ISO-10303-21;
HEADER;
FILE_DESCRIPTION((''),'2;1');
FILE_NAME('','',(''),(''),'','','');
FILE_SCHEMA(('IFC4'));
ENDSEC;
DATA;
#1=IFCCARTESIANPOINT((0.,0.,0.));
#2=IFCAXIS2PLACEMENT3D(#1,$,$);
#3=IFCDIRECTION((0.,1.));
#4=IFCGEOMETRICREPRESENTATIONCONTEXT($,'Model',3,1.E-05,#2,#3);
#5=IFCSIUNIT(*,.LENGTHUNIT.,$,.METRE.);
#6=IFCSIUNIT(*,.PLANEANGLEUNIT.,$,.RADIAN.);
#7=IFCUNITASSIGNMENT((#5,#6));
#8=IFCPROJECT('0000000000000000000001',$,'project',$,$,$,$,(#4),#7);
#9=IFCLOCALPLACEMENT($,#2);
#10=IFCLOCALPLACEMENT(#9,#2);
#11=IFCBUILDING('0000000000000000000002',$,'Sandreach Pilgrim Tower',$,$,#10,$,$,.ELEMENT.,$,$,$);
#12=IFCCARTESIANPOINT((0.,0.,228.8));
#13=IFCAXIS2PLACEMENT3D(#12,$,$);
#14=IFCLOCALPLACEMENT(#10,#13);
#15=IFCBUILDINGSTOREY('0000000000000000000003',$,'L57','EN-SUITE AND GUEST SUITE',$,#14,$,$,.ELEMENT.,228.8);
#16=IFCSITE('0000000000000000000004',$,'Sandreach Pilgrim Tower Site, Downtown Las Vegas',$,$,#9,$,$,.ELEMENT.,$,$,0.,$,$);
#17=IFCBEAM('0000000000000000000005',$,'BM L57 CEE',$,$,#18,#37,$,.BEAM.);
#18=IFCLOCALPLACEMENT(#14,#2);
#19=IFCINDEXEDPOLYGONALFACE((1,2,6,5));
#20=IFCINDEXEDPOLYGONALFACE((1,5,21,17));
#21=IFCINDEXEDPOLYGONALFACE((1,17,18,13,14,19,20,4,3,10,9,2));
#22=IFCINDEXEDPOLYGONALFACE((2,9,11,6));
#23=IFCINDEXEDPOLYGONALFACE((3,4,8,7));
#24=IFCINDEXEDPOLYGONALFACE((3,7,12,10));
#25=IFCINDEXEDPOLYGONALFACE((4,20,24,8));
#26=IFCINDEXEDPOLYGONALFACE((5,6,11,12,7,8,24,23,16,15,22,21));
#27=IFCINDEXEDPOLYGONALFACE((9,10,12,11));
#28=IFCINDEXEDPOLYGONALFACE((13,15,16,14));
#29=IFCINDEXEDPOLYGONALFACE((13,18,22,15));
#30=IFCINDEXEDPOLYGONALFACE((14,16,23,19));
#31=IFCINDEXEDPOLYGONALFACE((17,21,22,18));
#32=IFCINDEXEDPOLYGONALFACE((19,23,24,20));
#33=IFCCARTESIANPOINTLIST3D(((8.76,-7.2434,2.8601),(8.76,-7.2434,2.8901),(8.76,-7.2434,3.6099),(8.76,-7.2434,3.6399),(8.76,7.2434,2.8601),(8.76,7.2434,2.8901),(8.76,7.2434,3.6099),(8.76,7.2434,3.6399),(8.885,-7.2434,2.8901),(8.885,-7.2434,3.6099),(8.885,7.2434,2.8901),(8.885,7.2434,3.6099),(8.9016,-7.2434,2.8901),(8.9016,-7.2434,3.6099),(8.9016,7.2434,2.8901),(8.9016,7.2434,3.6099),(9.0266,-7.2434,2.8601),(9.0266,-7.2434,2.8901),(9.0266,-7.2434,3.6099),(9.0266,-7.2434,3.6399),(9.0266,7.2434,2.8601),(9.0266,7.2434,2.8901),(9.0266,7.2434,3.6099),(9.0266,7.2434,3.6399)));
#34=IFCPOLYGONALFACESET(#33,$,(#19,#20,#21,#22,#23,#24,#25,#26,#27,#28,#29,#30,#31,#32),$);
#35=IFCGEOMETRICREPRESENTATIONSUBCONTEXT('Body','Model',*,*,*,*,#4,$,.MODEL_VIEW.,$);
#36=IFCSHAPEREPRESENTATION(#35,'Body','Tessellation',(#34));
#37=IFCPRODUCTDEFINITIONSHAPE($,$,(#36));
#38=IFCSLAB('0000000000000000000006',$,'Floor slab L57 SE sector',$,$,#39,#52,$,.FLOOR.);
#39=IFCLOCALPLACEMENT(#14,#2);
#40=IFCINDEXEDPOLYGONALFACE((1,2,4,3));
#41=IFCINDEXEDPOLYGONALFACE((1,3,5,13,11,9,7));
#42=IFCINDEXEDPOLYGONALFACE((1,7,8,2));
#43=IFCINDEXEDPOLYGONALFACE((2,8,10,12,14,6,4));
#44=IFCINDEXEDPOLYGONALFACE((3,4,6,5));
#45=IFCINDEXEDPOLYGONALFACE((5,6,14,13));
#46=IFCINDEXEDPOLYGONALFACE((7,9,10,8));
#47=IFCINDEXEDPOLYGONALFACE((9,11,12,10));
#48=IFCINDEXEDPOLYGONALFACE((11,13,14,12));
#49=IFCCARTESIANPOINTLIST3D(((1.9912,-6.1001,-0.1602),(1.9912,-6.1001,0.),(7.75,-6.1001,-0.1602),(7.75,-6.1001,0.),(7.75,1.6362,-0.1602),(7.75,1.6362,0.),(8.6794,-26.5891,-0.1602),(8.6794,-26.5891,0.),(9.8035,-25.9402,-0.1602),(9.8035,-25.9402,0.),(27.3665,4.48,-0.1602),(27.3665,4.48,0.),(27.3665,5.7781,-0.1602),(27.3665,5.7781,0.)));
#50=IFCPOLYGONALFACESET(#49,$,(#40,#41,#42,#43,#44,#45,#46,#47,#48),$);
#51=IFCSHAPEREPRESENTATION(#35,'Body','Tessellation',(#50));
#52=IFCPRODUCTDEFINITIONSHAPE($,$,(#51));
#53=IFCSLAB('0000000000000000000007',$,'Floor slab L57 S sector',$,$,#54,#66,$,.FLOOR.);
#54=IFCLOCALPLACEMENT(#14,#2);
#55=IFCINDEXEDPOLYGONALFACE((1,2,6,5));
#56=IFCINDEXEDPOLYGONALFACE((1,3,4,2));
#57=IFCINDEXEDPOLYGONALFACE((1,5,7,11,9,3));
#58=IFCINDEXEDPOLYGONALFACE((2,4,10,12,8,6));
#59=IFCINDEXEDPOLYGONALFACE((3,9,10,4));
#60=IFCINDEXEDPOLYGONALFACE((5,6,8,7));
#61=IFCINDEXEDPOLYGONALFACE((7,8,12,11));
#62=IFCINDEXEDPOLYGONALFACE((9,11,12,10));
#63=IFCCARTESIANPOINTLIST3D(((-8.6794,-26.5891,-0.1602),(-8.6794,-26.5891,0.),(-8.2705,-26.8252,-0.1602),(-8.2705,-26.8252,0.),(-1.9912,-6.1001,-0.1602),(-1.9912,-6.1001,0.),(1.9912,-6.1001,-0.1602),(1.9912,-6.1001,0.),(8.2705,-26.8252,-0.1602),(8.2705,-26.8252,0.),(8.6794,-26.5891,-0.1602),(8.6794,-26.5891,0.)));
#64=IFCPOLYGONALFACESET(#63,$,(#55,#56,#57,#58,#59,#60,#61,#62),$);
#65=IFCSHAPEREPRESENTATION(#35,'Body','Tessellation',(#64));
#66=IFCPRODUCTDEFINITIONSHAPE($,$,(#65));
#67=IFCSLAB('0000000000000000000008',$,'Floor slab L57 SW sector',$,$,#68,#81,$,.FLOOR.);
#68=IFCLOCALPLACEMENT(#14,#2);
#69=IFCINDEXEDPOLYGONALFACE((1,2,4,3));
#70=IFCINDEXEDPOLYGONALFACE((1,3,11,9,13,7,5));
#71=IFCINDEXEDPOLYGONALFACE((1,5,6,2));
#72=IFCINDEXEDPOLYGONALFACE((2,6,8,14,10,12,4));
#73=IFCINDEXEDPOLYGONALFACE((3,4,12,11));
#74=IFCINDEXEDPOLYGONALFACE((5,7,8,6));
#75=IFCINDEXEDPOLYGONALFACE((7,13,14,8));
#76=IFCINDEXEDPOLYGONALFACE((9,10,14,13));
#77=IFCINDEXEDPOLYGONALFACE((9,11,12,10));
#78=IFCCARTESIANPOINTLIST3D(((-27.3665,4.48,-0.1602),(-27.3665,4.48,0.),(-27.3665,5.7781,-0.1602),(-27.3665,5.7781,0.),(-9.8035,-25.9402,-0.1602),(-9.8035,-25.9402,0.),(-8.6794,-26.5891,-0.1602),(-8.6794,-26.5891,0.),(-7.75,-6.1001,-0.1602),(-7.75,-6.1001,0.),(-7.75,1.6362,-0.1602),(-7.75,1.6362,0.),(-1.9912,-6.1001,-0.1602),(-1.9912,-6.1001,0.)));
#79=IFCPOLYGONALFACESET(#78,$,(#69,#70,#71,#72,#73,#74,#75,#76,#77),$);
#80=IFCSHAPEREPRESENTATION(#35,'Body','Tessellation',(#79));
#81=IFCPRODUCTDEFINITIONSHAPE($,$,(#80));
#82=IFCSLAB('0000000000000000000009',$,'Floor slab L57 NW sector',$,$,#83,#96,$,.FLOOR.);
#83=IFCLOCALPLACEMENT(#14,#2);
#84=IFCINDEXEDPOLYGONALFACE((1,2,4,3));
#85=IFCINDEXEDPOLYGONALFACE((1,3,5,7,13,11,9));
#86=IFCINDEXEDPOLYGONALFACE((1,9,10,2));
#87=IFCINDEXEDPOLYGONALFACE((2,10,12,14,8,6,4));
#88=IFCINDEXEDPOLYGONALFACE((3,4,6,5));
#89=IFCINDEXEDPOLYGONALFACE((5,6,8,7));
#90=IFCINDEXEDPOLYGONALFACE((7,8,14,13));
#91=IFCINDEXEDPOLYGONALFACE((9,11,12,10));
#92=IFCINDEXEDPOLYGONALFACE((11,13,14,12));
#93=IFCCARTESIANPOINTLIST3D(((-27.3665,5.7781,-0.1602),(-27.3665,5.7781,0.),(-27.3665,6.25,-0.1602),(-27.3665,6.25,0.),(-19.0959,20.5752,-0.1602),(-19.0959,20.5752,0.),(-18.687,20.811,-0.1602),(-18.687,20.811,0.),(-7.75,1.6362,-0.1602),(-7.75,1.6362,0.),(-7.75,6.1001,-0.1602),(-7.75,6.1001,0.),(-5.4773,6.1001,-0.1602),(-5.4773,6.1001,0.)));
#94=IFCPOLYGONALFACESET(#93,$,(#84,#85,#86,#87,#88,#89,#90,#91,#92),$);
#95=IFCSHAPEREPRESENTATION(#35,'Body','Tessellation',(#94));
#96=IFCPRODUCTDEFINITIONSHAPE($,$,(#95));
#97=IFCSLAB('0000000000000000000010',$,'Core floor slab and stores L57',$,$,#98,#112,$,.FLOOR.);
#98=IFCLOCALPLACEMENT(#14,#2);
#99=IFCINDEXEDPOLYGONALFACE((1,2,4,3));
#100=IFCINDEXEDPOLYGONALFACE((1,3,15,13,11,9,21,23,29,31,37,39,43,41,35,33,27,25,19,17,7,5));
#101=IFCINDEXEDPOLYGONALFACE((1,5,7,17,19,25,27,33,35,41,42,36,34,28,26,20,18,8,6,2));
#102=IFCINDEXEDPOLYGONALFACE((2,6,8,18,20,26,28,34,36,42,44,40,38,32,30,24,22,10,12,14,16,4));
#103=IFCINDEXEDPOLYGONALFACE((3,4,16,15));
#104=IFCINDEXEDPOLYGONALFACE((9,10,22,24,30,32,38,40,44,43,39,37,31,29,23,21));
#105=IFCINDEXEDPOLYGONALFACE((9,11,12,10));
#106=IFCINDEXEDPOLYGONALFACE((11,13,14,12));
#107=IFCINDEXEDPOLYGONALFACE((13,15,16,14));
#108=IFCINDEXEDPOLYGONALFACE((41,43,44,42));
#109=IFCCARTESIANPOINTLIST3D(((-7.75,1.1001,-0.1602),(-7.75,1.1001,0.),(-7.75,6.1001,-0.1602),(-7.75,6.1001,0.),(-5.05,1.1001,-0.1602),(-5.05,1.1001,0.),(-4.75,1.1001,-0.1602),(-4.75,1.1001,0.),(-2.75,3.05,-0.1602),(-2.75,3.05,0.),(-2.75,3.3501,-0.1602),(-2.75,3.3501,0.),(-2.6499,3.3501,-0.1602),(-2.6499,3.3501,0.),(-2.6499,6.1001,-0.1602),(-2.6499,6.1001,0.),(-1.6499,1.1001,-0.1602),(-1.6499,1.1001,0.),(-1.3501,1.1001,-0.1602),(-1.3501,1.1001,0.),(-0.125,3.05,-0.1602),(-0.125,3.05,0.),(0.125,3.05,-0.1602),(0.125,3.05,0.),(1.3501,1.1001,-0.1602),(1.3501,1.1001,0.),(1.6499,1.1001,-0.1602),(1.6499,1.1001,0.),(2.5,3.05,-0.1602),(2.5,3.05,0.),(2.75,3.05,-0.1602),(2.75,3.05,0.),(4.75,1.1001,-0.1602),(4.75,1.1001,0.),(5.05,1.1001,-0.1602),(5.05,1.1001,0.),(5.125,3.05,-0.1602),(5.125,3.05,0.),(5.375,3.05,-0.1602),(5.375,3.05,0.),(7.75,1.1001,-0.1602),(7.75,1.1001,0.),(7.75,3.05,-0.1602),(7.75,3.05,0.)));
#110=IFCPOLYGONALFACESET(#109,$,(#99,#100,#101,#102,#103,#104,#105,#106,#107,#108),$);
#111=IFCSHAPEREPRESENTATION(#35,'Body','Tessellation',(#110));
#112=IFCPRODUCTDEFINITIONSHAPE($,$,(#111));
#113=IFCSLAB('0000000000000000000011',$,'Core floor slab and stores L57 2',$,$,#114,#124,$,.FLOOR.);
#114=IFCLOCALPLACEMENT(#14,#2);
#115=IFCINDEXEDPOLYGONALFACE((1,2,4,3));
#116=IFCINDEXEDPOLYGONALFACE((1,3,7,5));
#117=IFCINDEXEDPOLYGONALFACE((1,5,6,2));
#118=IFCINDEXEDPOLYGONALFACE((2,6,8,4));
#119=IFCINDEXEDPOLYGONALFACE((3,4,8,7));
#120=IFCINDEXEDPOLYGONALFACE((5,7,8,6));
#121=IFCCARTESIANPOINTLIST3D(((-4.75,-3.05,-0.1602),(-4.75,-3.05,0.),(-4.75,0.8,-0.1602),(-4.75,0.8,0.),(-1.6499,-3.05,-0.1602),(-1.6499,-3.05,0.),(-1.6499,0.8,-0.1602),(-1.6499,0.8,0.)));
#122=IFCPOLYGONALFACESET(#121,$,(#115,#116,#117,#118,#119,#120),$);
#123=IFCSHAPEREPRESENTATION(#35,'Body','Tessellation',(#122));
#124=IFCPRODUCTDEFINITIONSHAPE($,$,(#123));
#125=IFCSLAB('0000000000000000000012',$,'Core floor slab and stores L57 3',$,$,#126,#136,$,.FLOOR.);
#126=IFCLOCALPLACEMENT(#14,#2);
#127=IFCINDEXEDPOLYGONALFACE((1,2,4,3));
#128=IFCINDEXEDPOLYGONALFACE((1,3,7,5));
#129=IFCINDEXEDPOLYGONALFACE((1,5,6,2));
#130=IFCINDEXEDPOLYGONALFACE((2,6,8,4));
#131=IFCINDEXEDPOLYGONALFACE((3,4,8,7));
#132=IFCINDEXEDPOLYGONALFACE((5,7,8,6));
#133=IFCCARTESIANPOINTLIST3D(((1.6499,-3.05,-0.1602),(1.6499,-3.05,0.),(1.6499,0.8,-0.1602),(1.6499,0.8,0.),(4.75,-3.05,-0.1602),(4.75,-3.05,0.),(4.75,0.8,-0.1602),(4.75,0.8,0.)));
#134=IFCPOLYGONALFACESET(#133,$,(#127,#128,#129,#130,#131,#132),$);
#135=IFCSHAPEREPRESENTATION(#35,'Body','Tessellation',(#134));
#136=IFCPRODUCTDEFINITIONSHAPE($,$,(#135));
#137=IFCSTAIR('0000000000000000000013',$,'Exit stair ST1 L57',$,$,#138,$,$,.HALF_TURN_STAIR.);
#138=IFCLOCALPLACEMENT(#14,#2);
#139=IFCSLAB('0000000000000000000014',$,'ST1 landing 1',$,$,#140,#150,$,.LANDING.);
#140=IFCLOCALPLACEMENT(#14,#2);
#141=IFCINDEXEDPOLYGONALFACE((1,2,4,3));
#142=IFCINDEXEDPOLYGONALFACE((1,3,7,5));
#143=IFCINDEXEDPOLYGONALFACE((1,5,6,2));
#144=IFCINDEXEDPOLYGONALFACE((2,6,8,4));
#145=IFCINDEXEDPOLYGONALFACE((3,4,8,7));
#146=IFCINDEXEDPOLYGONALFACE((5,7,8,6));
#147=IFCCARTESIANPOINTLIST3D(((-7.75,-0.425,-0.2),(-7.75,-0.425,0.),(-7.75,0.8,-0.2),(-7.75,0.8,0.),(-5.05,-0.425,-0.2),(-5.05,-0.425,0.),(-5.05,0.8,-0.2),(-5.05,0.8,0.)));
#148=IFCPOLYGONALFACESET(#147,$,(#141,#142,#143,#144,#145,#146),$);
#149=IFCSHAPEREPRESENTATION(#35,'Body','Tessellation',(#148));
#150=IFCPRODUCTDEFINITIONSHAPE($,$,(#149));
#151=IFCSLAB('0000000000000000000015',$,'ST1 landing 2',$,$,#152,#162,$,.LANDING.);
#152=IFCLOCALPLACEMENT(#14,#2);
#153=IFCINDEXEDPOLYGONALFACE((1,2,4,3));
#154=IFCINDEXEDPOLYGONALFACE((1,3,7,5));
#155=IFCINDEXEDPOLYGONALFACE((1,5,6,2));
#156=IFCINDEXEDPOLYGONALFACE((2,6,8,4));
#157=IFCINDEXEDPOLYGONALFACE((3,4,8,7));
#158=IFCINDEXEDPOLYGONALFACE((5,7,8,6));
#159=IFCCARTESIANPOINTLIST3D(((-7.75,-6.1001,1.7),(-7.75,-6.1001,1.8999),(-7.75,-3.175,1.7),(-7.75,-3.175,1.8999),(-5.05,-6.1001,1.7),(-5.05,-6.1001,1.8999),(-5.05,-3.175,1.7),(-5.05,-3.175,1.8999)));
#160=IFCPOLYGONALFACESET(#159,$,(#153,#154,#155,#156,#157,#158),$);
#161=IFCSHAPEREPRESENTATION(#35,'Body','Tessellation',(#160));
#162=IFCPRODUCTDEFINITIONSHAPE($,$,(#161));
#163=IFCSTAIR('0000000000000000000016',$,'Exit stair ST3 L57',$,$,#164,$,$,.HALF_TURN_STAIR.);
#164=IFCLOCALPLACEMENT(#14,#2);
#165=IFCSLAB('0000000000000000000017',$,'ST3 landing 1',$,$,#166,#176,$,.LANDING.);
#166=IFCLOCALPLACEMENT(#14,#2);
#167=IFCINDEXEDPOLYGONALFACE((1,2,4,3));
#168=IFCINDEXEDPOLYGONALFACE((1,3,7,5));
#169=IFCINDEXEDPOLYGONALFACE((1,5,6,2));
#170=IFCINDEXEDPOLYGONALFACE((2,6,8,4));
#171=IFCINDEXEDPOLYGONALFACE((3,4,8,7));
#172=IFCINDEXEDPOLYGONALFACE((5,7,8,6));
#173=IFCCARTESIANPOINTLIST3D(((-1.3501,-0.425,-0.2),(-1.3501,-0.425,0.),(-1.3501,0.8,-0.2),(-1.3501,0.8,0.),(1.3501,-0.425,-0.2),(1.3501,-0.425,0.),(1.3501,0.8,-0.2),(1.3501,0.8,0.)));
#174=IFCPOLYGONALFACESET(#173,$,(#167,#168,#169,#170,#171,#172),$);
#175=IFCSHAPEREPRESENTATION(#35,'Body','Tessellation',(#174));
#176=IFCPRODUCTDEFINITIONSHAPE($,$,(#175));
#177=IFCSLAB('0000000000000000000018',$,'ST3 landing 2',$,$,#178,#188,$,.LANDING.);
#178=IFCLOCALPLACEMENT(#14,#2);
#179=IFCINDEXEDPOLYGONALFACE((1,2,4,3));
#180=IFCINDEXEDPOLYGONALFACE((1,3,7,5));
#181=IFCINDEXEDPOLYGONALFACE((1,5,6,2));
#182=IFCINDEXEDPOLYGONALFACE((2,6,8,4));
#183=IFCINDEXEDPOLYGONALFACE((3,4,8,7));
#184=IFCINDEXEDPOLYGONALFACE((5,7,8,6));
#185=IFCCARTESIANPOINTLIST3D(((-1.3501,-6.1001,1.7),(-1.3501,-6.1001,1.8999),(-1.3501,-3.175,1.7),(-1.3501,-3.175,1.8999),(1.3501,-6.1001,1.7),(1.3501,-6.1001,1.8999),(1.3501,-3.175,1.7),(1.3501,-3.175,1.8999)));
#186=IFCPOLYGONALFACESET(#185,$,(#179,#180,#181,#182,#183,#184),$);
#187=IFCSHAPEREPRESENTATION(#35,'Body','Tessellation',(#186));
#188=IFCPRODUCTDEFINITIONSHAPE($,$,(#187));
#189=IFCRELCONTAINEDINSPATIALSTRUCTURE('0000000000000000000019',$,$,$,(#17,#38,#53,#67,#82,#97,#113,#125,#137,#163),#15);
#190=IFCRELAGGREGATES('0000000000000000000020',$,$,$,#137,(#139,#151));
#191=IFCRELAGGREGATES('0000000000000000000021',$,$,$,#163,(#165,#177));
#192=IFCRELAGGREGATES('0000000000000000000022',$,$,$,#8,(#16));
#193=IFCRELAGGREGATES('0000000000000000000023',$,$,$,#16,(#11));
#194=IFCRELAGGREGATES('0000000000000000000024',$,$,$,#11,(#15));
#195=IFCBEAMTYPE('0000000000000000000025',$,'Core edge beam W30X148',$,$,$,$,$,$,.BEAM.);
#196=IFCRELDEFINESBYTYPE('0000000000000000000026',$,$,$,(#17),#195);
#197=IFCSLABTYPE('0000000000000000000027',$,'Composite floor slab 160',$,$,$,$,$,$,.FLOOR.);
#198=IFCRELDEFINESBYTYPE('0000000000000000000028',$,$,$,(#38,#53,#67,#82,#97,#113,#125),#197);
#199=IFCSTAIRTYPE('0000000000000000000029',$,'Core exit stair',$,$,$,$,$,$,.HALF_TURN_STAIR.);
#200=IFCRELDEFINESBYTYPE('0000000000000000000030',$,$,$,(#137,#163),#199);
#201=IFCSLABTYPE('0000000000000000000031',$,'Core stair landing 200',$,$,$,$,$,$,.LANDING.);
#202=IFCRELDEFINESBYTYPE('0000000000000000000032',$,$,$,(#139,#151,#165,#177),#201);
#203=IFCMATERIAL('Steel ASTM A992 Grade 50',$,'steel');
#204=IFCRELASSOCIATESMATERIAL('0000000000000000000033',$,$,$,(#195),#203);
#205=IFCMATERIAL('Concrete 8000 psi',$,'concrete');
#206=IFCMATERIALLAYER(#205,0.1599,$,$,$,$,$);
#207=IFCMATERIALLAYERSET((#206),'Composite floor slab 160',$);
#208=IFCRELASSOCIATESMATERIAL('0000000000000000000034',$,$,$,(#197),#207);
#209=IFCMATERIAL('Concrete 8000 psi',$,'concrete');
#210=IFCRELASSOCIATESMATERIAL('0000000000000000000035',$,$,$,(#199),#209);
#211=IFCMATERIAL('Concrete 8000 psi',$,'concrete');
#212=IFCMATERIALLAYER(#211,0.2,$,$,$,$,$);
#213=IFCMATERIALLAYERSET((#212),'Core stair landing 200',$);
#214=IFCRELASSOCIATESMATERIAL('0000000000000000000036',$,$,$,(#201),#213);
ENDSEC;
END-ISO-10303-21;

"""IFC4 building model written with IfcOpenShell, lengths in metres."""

from ifc_helpers import new_model, si_unit, direction, frame, origin, origin_2d, place, context, subcontext, project, spatial, polyline, i_section, outline, extrude, material, layer, layer_set, material_profile, profile_set, type_object, element, aggregate, save


model = new_model("IFC4")

# Units and contexts
model_context = context("Model", 3, precision=1e-05, world=origin(), true_north=direction((0.0, 1.0)))
body_context = subcontext(model_context, "Body", "Model", "MODEL_VIEW")
ifc_project = project(units=[si_unit("LENGTHUNIT", "METRE"), si_unit("PLANEANGLEUNIT", "RADIAN")], contexts=[model_context])

# Site, building, storey
site_placement = place(None, origin())
site = spatial("IfcSite", under=ifc_project, at=site_placement, Name="Sandreach Pilgrim Tower Site, Downtown Las Vegas", CompositionType="ELEMENT", RefElevation=0.0)
building_placement = place(site_placement, origin())
building = spatial("IfcBuilding", under=site, at=building_placement, Name="Sandreach Pilgrim Tower", CompositionType="ELEMENT")
storey_placement = place(building_placement, frame((0.0, 0.0, 228.8)))
storey = spatial("IfcBuildingStorey", under=building, at=storey_placement, Name="L57", Description="EN-SUITE AND GUEST SUITE", CompositionType="ELEMENT", Elevation=228.8)

# Beam
ifc_material_1 = material(Name="Steel ASTM A992 Grade 50", Category="steel")
ifc_material_profile = material_profile(ifc_material_1, i_section(OverallWidth=0.2666, OverallDepth=0.7798, WebThickness=0.0166, FlangeThickness=0.03, at=origin_2d()), Name="W30X148")
ifc_profile_set = profile_set([ifc_material_profile], Name="Steel ASTM A992 Grade 50")
beam_type = type_object("IfcBeamType", Name="Core edge beam W30X148", PredefinedType="BEAM", material=ifc_profile_set)
beam_placement = place(storey_placement, frame((8.8933, 7.2434, 3.25), z_axis=(0.0, -1.0, 0.0), x_axis=(1.0, 0.0, 0.0)))
element("IfcBeam", 1, at=beam_placement, inside=storey, type_object=beam_type, Name="BM L57 CEE", PredefinedType="BEAM", context=body_context, shape_type="SweptSolid", body=[
    extrude(i_section(OverallWidth=0.2666, OverallDepth=0.7798, WebThickness=0.0166, FlangeThickness=0.03, at=origin_2d()), origin(), (0.0, 0.0, 1.0), 14.4868),
])

# Slabs
ifc_material_2 = material(Name="Concrete 8000 psi", Category="concrete")
ifc_layer_1 = layer(ifc_material_2, 0.1599)
ifc_layer_set_1 = layer_set([ifc_layer_1], Name="Composite floor slab 160")
slab_type_1 = type_object("IfcSlabType", Name="Composite floor slab 160", PredefinedType="FLOOR", material=ifc_layer_set_1)
slab_1_placement = place(storey_placement, frame((0.0, 0.0, -0.1602)))
element("IfcSlab", 2, at=slab_1_placement, inside=storey, type_object=slab_type_1, Name="Floor slab L57 SE sector", PredefinedType="FLOOR", context=body_context, shape_type="SweptSolid", body=[
    extrude(outline(polyline([(27.3665, 4.48), (9.8035, -25.9402), (8.6794, -26.5891), (1.9912, -6.1001), (7.75, -6.1001), (7.75, 1.6362), (27.3665, 5.7781), (27.3665, 4.48)])), origin(), (0.0, 0.0, 1.0), 0.1602),
])
slab_2_placement = place(storey_placement, frame((0.0, 0.0, -0.1602)))
element("IfcSlab", 3, at=slab_2_placement, inside=storey, type_object=slab_type_1, Name="Floor slab L57 S sector", PredefinedType="FLOOR", context=body_context, shape_type="SweptSolid", body=[
    extrude(outline(polyline([(8.2705, -26.8252), (-8.2705, -26.8252), (-8.6794, -26.5891), (-1.9912, -6.1001), (1.9912, -6.1001), (8.6794, -26.5891), (8.2705, -26.8252)])), origin(), (0.0, 0.0, 1.0), 0.1602),
])
slab_3_placement = place(storey_placement, frame((0.0, 0.0, -0.1602)))
element("IfcSlab", 4, at=slab_3_placement, inside=storey, type_object=slab_type_1, Name="Floor slab L57 SW sector", PredefinedType="FLOOR", context=body_context, shape_type="SweptSolid", body=[
    extrude(outline(polyline([(-9.8035, -25.9402), (-27.3665, 4.48), (-27.3665, 5.7781), (-7.75, 1.6362), (-7.75, -6.1001), (-1.9912, -6.1001), (-8.6794, -26.5891), (-9.8035, -25.9402)])), origin(), (0.0, 0.0, 1.0), 0.1602),
])
slab_4_placement = place(storey_placement, frame((0.0, 0.0, -0.1602)))
element("IfcSlab", 5, at=slab_4_placement, inside=storey, type_object=slab_type_1, Name="Floor slab L57 NW sector", PredefinedType="FLOOR", context=body_context, shape_type="SweptSolid", body=[
    extrude(outline(polyline([(-27.3665, 6.25), (-19.0959, 20.5752), (-18.687, 20.811), (-5.4773, 6.1001), (-7.75, 6.1001), (-7.75, 1.6362), (-27.3665, 5.7781), (-27.3665, 6.25)])), origin(), (0.0, 0.0, 1.0), 0.1602),
])
slab_5_placement = place(storey_placement, frame((0.0, 0.0, -0.1602)))
element("IfcSlab", 6, at=slab_5_placement, inside=storey, type_object=slab_type_1, Name="Core floor slab and stores L57", PredefinedType="FLOOR", context=body_context, shape_type="SweptSolid", body=[
    extrude(outline(polyline([(-2.75, 3.3501), (-2.75, 3.05), (-0.125, 3.05), (0.125, 3.05), (2.5, 3.05), (2.75, 3.05), (5.125, 3.05), (5.375, 3.05), (7.75, 3.05), (7.75, 1.1001), (5.05, 1.1001), (4.75, 1.1001), (1.6499, 1.1001), (1.3501, 1.1001), (-1.3501, 1.1001), (-1.6499, 1.1001), (-4.75, 1.1001), (-5.05, 1.1001), (-7.75, 1.1001), (-7.75, 6.1001), (-2.6499, 6.1001), (-2.6499, 3.3501), (-2.75, 3.3501)])), origin(), (0.0, 0.0, 1.0), 0.1602),
])
slab_6_placement = place(storey_placement, frame((0.0, 0.0, -0.1602)))
element("IfcSlab", 7, at=slab_6_placement, inside=storey, type_object=slab_type_1, Name="Core floor slab and stores L57 2", PredefinedType="FLOOR", context=body_context, shape_type="SweptSolid", body=[
    extrude(outline(polyline([(-1.6499, -3.05), (-4.75, -3.05), (-4.75, 0.8), (-1.6499, 0.8), (-1.6499, -3.05)])), origin(), (0.0, 0.0, 1.0), 0.1602),
])
slab_7_placement = place(storey_placement, frame((0.0, 0.0, -0.1602)))
element("IfcSlab", 8, at=slab_7_placement, inside=storey, type_object=slab_type_1, Name="Core floor slab and stores L57 3", PredefinedType="FLOOR", context=body_context, shape_type="SweptSolid", body=[
    extrude(outline(polyline([(4.75, -3.05), (1.6499, -3.05), (1.6499, 0.8), (4.75, 0.8), (4.75, -3.05)])), origin(), (0.0, 0.0, 1.0), 0.1602),
])

# Stairs, slabs
ifc_material_3 = material(Name="Concrete 8000 psi", Category="concrete")
stair_type = type_object("IfcStairType", Name="Core exit stair", PredefinedType="HALF_TURN_STAIR", material=ifc_material_3)
stair_1_placement = place(storey_placement, origin())
stair_1 = element("IfcStair", 9, at=stair_1_placement, inside=storey, type_object=stair_type, Name="Exit stair ST1 L57", PredefinedType="HALF_TURN_STAIR")
ifc_material_4 = material(Name="Concrete 8000 psi", Category="concrete")
ifc_layer_2 = layer(ifc_material_4, 0.2)
ifc_layer_set_2 = layer_set([ifc_layer_2], Name="Core stair landing 200")
slab_type_2 = type_object("IfcSlabType", Name="Core stair landing 200", PredefinedType="LANDING", material=ifc_layer_set_2)
slab_8_placement = place(storey_placement, frame((0.0, 0.0, -0.2)))
slab_8 = element("IfcSlab", 10, at=slab_8_placement, type_object=slab_type_2, Name="ST1 landing 1", PredefinedType="LANDING", context=body_context, shape_type="SweptSolid", body=[
    extrude(outline(polyline([(-7.75, -0.425), (-5.05, -0.425), (-5.05, 0.8), (-7.75, 0.8), (-7.75, -0.425)])), origin(), (0.0, 0.0, 1.0), 0.2),
])
slab_9_placement = place(storey_placement, frame((0.0, 0.0, 1.7)))
slab_9 = element("IfcSlab", 11, at=slab_9_placement, type_object=slab_type_2, Name="ST1 landing 2", PredefinedType="LANDING", context=body_context, shape_type="SweptSolid", body=[
    extrude(outline(polyline([(-7.75, -6.1001), (-5.05, -6.1001), (-5.05, -3.175), (-7.75, -3.175), (-7.75, -6.1001)])), origin(), (0.0, 0.0, 1.0), 0.2),
])
aggregate(stair_1, [slab_8, slab_9])
stair_2_placement = place(storey_placement, origin())
stair_2 = element("IfcStair", 12, at=stair_2_placement, inside=storey, type_object=stair_type, Name="Exit stair ST3 L57", PredefinedType="HALF_TURN_STAIR")
slab_10_placement = place(storey_placement, frame((0.0, 0.0, -0.2)))
slab_10 = element("IfcSlab", 13, at=slab_10_placement, type_object=slab_type_2, Name="ST3 landing 1", PredefinedType="LANDING", context=body_context, shape_type="SweptSolid", body=[
    extrude(outline(polyline([(-1.3501, -0.425), (1.3501, -0.425), (1.3501, 0.8), (-1.3501, 0.8), (-1.3501, -0.425)])), origin(), (0.0, 0.0, 1.0), 0.2),
])
slab_11_placement = place(storey_placement, frame((0.0, 0.0, 1.7)))
slab_11 = element("IfcSlab", 14, at=slab_11_placement, type_object=slab_type_2, Name="ST3 landing 2", PredefinedType="LANDING", context=body_context, shape_type="SweptSolid", body=[
    extrude(outline(polyline([(-1.3501, -6.1001), (1.3501, -6.1001), (1.3501, -3.175), (-1.3501, -3.175), (-1.3501, -6.1001)])), origin(), (0.0, 0.0, 1.0), 0.2),
])
aggregate(stair_2, [slab_10, slab_11])

save(model, "model.ifc")
